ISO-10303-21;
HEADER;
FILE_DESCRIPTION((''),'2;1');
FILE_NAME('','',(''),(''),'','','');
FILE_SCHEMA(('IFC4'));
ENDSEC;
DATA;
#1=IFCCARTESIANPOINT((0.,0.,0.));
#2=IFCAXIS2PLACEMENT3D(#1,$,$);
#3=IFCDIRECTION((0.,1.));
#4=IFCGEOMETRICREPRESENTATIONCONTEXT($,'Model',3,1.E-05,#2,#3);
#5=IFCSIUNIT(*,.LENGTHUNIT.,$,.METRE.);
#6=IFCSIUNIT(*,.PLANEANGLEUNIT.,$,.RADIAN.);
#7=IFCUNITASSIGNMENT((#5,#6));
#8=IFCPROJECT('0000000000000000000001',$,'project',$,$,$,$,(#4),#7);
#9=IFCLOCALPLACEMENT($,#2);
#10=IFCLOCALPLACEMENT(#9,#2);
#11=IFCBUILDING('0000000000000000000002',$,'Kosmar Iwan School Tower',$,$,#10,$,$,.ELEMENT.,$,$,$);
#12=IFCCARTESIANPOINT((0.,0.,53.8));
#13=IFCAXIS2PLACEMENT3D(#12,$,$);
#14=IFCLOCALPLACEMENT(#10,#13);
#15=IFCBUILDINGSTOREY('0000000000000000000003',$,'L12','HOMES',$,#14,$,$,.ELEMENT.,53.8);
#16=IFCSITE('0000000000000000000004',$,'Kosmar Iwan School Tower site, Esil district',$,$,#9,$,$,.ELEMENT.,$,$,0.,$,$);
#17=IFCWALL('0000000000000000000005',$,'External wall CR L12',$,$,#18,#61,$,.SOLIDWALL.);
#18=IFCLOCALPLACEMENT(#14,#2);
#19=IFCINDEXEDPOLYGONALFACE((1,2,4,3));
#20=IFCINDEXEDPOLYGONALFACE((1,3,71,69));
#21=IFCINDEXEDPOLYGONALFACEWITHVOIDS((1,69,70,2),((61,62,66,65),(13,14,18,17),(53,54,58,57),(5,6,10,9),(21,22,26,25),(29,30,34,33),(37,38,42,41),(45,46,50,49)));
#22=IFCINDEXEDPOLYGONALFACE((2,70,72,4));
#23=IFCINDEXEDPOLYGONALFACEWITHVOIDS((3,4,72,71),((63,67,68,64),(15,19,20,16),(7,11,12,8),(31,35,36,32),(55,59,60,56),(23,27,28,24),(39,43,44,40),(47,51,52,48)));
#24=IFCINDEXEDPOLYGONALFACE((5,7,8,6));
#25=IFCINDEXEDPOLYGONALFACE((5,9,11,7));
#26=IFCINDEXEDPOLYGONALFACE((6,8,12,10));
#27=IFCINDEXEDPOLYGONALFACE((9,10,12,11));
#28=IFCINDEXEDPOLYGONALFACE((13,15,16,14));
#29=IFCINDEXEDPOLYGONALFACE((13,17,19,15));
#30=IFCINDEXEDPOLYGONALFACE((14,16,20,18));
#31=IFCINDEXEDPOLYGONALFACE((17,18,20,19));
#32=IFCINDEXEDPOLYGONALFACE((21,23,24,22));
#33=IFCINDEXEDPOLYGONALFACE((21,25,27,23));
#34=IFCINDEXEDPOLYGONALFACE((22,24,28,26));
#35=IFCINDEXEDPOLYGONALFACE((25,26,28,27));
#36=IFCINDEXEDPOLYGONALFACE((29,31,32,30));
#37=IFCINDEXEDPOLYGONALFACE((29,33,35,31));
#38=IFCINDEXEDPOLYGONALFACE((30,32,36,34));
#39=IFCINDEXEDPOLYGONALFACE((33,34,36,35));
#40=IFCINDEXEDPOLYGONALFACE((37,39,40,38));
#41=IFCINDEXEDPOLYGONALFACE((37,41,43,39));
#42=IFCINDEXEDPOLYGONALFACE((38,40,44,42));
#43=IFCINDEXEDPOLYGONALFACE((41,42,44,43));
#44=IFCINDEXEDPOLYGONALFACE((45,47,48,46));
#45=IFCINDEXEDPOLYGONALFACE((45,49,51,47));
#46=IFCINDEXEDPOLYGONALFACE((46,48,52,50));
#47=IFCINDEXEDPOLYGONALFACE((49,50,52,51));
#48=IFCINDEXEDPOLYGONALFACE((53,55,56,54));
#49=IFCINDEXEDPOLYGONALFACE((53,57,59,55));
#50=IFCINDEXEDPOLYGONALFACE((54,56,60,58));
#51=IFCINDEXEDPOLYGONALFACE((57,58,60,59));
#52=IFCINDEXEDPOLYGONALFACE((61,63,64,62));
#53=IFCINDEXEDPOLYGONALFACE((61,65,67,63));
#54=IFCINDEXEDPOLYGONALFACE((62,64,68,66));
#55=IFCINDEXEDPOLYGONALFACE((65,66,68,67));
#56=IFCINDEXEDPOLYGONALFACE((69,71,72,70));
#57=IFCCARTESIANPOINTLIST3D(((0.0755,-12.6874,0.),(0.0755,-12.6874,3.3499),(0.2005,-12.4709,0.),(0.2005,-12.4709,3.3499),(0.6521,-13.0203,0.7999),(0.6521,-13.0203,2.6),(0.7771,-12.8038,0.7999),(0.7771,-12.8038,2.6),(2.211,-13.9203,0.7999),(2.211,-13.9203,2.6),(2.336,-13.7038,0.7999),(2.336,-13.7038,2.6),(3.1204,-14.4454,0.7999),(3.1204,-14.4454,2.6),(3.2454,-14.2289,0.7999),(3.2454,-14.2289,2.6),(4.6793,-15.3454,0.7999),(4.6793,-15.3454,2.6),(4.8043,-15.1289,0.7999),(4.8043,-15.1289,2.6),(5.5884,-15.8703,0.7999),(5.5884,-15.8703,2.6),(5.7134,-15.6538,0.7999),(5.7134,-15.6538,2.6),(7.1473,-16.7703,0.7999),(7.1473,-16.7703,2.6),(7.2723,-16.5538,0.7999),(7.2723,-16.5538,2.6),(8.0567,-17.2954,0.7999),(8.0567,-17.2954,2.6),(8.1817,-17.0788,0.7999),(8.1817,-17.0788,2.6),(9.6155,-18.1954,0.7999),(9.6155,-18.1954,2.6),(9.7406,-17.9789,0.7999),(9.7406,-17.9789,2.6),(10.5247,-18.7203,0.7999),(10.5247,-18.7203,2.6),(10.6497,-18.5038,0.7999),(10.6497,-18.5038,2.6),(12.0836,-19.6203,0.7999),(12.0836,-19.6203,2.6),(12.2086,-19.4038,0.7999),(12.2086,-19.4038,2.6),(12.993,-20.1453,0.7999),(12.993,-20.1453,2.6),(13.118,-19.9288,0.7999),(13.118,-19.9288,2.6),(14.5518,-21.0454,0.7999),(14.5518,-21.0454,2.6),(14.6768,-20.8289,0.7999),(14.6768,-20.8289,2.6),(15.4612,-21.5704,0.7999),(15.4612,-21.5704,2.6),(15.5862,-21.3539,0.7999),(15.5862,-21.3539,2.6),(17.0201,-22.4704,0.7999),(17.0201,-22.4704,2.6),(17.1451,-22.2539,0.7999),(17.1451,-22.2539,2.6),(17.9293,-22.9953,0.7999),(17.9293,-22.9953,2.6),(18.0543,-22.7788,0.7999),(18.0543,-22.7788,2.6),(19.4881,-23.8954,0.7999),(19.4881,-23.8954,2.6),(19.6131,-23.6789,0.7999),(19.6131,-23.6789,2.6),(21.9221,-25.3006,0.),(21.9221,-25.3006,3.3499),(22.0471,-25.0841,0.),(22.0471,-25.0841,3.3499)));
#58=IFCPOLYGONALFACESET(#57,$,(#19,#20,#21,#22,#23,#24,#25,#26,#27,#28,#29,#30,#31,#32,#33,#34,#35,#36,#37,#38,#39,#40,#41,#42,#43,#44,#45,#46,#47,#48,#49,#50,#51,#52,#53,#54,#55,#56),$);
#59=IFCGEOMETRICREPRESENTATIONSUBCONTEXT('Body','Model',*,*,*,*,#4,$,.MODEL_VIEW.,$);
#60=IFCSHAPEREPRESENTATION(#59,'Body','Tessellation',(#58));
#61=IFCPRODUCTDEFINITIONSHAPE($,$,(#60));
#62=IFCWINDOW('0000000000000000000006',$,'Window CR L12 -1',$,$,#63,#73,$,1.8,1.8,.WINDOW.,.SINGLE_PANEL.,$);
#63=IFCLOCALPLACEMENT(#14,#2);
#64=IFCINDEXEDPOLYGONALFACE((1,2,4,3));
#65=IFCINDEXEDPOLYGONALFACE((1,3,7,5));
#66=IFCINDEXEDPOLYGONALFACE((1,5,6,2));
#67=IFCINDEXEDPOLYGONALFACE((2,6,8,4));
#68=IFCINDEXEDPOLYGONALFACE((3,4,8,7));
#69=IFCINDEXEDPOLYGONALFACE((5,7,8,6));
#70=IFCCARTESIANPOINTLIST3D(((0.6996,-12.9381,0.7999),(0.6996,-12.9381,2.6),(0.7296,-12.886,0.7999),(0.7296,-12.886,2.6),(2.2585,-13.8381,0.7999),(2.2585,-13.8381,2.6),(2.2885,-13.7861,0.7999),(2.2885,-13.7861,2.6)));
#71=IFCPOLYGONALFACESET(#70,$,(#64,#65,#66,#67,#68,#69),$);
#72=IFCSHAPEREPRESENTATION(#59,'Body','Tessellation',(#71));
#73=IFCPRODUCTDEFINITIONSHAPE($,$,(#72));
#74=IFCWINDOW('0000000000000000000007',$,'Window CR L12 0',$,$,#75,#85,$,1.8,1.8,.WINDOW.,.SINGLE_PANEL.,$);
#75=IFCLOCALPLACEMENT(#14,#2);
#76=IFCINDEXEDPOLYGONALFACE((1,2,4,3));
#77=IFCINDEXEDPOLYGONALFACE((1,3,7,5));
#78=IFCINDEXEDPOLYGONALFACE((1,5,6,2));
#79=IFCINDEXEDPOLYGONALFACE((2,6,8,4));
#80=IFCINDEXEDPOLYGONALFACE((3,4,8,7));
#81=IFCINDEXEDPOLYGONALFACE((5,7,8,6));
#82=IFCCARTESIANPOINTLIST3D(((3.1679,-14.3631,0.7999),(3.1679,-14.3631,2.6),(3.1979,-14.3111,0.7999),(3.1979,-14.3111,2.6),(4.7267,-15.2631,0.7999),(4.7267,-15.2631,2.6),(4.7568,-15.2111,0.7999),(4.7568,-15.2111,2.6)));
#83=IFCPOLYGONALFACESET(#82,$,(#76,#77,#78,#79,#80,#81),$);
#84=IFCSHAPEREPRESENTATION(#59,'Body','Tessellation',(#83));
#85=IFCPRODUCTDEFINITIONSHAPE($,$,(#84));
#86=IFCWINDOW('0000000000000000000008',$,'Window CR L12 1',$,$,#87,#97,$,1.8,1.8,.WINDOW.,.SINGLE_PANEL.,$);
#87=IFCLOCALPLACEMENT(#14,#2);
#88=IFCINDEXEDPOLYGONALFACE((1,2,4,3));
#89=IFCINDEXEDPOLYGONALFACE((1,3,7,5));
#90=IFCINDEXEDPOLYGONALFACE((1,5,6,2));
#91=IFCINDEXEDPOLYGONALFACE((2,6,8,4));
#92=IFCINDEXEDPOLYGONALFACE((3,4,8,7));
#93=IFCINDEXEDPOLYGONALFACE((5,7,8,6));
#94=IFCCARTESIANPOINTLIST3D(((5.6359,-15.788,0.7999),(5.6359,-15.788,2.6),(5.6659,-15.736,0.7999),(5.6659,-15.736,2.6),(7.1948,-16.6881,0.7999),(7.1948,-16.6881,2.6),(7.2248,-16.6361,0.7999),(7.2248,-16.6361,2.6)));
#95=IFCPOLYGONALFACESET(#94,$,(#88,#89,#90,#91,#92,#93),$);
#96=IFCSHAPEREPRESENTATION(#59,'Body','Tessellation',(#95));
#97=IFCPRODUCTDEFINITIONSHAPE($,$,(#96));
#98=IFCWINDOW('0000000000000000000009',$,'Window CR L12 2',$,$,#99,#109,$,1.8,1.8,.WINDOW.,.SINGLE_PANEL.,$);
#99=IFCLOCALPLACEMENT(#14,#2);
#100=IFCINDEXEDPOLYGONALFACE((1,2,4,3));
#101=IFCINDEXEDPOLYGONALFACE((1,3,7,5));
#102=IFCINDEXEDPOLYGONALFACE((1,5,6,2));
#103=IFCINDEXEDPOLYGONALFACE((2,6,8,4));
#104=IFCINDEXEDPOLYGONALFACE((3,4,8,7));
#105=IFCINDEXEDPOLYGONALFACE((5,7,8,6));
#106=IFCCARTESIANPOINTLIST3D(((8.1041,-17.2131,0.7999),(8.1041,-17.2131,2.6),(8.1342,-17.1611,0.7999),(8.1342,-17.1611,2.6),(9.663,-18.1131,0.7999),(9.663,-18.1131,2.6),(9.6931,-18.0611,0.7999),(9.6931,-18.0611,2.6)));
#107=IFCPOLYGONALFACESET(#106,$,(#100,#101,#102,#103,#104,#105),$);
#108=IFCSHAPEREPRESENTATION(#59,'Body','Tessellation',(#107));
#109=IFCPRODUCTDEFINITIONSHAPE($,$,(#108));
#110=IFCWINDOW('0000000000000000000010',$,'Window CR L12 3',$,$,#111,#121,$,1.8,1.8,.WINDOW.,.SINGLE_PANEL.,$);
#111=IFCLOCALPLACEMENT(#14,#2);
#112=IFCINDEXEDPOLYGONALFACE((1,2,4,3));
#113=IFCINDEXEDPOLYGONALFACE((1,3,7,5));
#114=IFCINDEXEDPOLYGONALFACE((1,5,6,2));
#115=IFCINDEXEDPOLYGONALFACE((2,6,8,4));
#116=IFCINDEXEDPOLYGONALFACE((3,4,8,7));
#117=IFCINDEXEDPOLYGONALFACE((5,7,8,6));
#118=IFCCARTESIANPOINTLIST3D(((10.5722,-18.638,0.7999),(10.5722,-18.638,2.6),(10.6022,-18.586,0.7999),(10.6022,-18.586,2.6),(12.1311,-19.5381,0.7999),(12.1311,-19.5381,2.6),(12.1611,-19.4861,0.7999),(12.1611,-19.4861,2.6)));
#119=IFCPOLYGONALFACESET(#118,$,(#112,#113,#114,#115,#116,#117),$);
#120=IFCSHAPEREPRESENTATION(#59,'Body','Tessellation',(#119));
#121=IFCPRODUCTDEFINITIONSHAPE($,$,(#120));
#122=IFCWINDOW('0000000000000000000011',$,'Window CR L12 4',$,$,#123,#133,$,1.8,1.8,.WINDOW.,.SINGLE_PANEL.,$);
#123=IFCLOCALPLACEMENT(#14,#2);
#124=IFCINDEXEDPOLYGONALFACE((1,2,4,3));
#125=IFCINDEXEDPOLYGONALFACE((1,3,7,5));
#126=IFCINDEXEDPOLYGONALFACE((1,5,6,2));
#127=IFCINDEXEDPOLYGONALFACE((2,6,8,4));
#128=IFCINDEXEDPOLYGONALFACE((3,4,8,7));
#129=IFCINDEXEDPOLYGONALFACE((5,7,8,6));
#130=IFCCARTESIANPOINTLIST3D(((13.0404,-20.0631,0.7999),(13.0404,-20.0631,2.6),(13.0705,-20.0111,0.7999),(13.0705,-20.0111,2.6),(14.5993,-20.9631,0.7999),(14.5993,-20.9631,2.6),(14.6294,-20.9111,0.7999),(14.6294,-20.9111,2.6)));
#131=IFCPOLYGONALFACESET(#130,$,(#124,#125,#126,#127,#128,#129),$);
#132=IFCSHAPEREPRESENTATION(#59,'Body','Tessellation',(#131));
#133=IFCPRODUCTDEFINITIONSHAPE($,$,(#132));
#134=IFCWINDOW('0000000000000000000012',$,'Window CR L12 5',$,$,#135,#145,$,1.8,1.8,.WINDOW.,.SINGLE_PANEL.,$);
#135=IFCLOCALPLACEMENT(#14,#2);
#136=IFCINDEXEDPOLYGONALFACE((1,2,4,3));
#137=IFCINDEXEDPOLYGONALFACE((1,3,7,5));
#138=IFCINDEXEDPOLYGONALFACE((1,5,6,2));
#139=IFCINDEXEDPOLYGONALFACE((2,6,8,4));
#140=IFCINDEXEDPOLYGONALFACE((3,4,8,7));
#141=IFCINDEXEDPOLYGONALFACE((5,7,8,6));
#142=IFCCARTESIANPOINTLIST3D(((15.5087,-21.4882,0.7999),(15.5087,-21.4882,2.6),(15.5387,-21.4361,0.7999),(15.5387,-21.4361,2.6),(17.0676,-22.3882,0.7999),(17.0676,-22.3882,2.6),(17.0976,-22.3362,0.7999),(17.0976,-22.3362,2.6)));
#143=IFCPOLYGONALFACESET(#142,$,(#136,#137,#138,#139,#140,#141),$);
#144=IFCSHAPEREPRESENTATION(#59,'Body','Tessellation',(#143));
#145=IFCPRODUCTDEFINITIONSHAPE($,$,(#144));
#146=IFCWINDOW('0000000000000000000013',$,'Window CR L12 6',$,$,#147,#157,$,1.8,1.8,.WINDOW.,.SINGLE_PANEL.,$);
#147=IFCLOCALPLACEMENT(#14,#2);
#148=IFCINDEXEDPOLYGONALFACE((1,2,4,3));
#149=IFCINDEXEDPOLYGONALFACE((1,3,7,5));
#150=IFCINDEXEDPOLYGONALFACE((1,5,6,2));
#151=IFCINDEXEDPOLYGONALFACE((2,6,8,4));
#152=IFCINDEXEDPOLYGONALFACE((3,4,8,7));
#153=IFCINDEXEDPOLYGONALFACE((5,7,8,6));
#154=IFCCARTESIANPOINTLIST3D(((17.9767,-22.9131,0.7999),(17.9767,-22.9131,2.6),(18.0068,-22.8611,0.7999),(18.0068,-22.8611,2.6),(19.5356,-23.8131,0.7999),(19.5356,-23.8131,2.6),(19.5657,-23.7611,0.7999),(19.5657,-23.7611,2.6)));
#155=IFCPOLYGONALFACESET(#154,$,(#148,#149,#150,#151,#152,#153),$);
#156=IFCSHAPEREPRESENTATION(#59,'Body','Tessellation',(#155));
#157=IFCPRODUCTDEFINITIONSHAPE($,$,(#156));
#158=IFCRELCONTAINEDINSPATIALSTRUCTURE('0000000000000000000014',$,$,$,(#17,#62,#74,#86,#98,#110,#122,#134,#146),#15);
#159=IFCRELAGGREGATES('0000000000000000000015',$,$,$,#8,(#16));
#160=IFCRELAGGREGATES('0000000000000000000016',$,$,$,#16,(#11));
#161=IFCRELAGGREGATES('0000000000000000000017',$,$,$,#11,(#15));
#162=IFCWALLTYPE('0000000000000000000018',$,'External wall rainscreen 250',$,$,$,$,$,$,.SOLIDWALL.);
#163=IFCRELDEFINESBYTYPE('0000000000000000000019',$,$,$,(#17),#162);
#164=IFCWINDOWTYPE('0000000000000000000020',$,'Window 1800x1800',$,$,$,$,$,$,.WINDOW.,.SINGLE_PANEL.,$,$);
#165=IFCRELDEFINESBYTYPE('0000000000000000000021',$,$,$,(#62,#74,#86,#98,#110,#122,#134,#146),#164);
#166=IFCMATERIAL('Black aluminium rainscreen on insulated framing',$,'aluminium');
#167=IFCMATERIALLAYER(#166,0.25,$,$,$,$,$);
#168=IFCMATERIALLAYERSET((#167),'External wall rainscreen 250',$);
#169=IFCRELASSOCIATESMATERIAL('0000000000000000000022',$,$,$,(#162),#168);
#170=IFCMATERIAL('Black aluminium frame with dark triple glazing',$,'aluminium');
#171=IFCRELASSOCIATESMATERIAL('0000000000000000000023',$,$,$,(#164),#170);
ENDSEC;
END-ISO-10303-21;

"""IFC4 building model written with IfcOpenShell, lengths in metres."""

from ifc_helpers import new_model, si_unit, direction, frame, frame_2d, origin, place, context, subcontext, project, spatial, rectangle, extrude, material, layer, layer_set, type_object, element, fill, save


model = new_model("IFC4")

# Units and contexts
model_context = context("Model", 3, precision=1e-05, world=origin(), true_north=direction((0.0, 1.0)))
body_context = subcontext(model_context, "Body", "Model", "MODEL_VIEW")
ifc_project = project(units=[si_unit("LENGTHUNIT", "METRE"), si_unit("PLANEANGLEUNIT", "RADIAN")], contexts=[model_context])

# Site, building, storey
site_placement = place(None, origin())
site = spatial("IfcSite", under=ifc_project, at=site_placement, Name="Kosmar Iwan School Tower site, Esil district", CompositionType="ELEMENT", RefElevation=0.0)
building_placement = place(site_placement, origin())
building = spatial("IfcBuilding", under=site, at=building_placement, Name="Kosmar Iwan School Tower", CompositionType="ELEMENT")
storey_placement = place(building_placement, frame((0.0, 0.0, 53.8)))
storey = spatial("IfcBuildingStorey", under=building, at=storey_placement, Name="L12", Description="HOMES", CompositionType="ELEMENT", Elevation=53.8)

# Wall, openings, windows
ifc_material_1 = material(Name="Black aluminium rainscreen on insulated framing", Category="aluminium")
ifc_layer = layer(ifc_material_1, 0.25)
ifc_layer_set = layer_set([ifc_layer], Name="External wall rainscreen 250")
wall_type = type_object("IfcWallType", Name="External wall rainscreen 250", PredefinedType="SOLIDWALL", material=ifc_layer_set)
ifc_material_2 = material(Name="Black aluminium frame with dark triple glazing", Category="aluminium")
window_type = type_object("IfcWindowType", Name="Window 1800x1800", PartitioningType="SINGLE_PANEL", PredefinedType="WINDOW", material=ifc_material_2)
wall_1_placement = place(storey_placement, frame((0.1379, -12.5791, 0.0), z_axis=(0.0, 0.0, 1.0), x_axis=(0.866024, -0.500003, 0.0)))
wall_1 = element("IfcWall", 1, at=wall_1_placement, inside=storey, type_object=wall_type, Name="External wall CR L12", PredefinedType="SOLIDWALL", context=body_context, shape_type="SweptSolid", body=[
    extrude(rectangle(XDim=25.2263, YDim=0.25, at=frame_2d((12.6133, 0.0))), origin(), (0.0, 0.0, 1.0), 3.3499),
])
opening_1_placement = place(wall_1_placement, frame((0.666, 0.0, 0.8)))
opening_1 = element("IfcOpeningElement", 2, at=opening_1_placement, cuts=wall_1, PredefinedType="OPENING", context=body_context, shape_type="SweptSolid", body=[
    extrude(rectangle(XDim=1.8, YDim=1.8, at=frame_2d((0.8999, 0.8999))), frame((0.0, 0.137, 0.0), z_axis=(0.0, -1.0, 0.0), x_axis=(1.0, 0.0, 0.0)), (0.0, 0.0, 1.0), 0.2739),
])
opening_2_placement = place(wall_1_placement, frame((3.5161, 0.0, 0.8)))
opening_2 = element("IfcOpeningElement", 3, at=opening_2_placement, cuts=wall_1, PredefinedType="OPENING", context=body_context, shape_type="SweptSolid", body=[
    extrude(rectangle(XDim=1.8, YDim=1.8, at=frame_2d((0.8999, 0.8999))), frame((0.0, 0.137, 0.0), z_axis=(0.0, -1.0, 0.0), x_axis=(1.0, 0.0, 0.0)), (0.0, 0.0, 1.0), 0.2739),
])
opening_3_placement = place(wall_1_placement, frame((6.366, 0.0, 0.8)))
opening_3 = element("IfcOpeningElement", 4, at=opening_3_placement, cuts=wall_1, PredefinedType="OPENING", context=body_context, shape_type="SweptSolid", body=[
    extrude(rectangle(XDim=1.8, YDim=1.8, at=frame_2d((0.8999, 0.8999))), frame((0.0, 0.137, 0.0), z_axis=(0.0, -1.0, 0.0), x_axis=(1.0, 0.0, 0.0)), (0.0, 0.0, 1.0), 0.2739),
])
opening_4_placement = place(wall_1_placement, frame((9.2161, 0.0, 0.8)))
opening_4 = element("IfcOpeningElement", 5, at=opening_4_placement, cuts=wall_1, PredefinedType="OPENING", context=body_context, shape_type="SweptSolid", body=[
    extrude(rectangle(XDim=1.8, YDim=1.8, at=frame_2d((0.8999, 0.8999))), frame((0.0, 0.137, 0.0), z_axis=(0.0, -1.0, 0.0), x_axis=(1.0, 0.0, 0.0)), (0.0, 0.0, 1.0), 0.2739),
])
opening_5_placement = place(wall_1_placement, frame((12.0659, 0.0, 0.8)))
opening_5 = element("IfcOpeningElement", 6, at=opening_5_placement, cuts=wall_1, PredefinedType="OPENING", context=body_context, shape_type="SweptSolid", body=[
    extrude(rectangle(XDim=1.8, YDim=1.8, at=frame_2d((0.8999, 0.8999))), frame((0.0, 0.137, 0.0), z_axis=(0.0, -1.0, 0.0), x_axis=(1.0, 0.0, 0.0)), (0.0, 0.0, 1.0), 0.2739),
])
opening_6_placement = place(wall_1_placement, frame((14.916, 0.0, 0.8)))
opening_6 = element("IfcOpeningElement", 7, at=opening_6_placement, cuts=wall_1, PredefinedType="OPENING", context=body_context, shape_type="SweptSolid", body=[
    extrude(rectangle(XDim=1.8, YDim=1.8, at=frame_2d((0.8999, 0.8999))), frame((0.0, 0.137, 0.0), z_axis=(0.0, -1.0, 0.0), x_axis=(1.0, 0.0, 0.0)), (0.0, 0.0, 1.0), 0.2739),
])
opening_7_placement = place(wall_1_placement, frame((17.7661, 0.0, 0.8)))
opening_7 = element("IfcOpeningElement", 8, at=opening_7_placement, cuts=wall_1, PredefinedType="OPENING", context=body_context, shape_type="SweptSolid", body=[
    extrude(rectangle(XDim=1.8, YDim=1.8, at=frame_2d((0.8999, 0.8999))), frame((0.0, 0.137, 0.0), z_axis=(0.0, -1.0, 0.0), x_axis=(1.0, 0.0, 0.0)), (0.0, 0.0, 1.0), 0.2739),
])
opening_8_placement = place(wall_1_placement, frame((20.616, 0.0, 0.8)))
opening_8 = element("IfcOpeningElement", 9, at=opening_8_placement, cuts=wall_1, PredefinedType="OPENING", context=body_context, shape_type="SweptSolid", body=[
    extrude(rectangle(XDim=1.8, YDim=1.8, at=frame_2d((0.8999, 0.8999))), frame((0.0, 0.137, 0.0), z_axis=(0.0, -1.0, 0.0), x_axis=(1.0, 0.0, 0.0)), (0.0, 0.0, 1.0), 0.2739),
])
window_1_placement = place(opening_1_placement, origin())
window_1 = element("IfcWindow", 10, at=window_1_placement, inside=storey, type_object=window_type, Name="Window CR L12 -1", OverallHeight=1.8, OverallWidth=1.8, PartitioningType="SINGLE_PANEL", PredefinedType="WINDOW", context=body_context, shape_type="SweptSolid", body=[
    extrude(rectangle(XDim=1.8, YDim=1.8, at=frame_2d((0.8999, 0.8999))), frame((0.0, 0.03, 0.0), z_axis=(0.0, -1.0, 0.0), x_axis=(1.0, 0.0, 0.0)), (0.0, 0.0, 1.0), 0.0601),
])
fill(opening_1, window_1)
window_2_placement = place(opening_2_placement, origin())
window_2 = element("IfcWindow", 11, at=window_2_placement, inside=storey, type_object=window_type, Name="Window CR L12 0", OverallHeight=1.8, OverallWidth=1.8, PartitioningType="SINGLE_PANEL", PredefinedType="WINDOW", context=body_context, shape_type="SweptSolid", body=[
    extrude(rectangle(XDim=1.8, YDim=1.8, at=frame_2d((0.8999, 0.8999))), frame((0.0, 0.03, 0.0), z_axis=(0.0, -1.0, 0.0), x_axis=(1.0, 0.0, 0.0)), (0.0, 0.0, 1.0), 0.0601),
])
fill(opening_2, window_2)
window_3_placement = place(opening_3_placement, origin())
window_3 = element("IfcWindow", 12, at=window_3_placement, inside=storey, type_object=window_type, Name="Window CR L12 1", OverallHeight=1.8, OverallWidth=1.8, PartitioningType="SINGLE_PANEL", PredefinedType="WINDOW", context=body_context, shape_type="SweptSolid", body=[
    extrude(rectangle(XDim=1.8, YDim=1.8, at=frame_2d((0.8999, 0.8999))), frame((0.0, 0.03, 0.0), z_axis=(0.0, -1.0, 0.0), x_axis=(1.0, 0.0, 0.0)), (0.0, 0.0, 1.0), 0.0601),
])
fill(opening_3, window_3)
window_4_placement = place(opening_4_placement, origin())
window_4 = element("IfcWindow", 13, at=window_4_placement, inside=storey, type_object=window_type, Name="Window CR L12 2", OverallHeight=1.8, OverallWidth=1.8, PartitioningType="SINGLE_PANEL", PredefinedType="WINDOW", context=body_context, shape_type="SweptSolid", body=[
    extrude(rectangle(XDim=1.8, YDim=1.8, at=frame_2d((0.8999, 0.8999))), frame((0.0, 0.03, 0.0), z_axis=(0.0, -1.0, 0.0), x_axis=(1.0, 0.0, 0.0)), (0.0, 0.0, 1.0), 0.0601),
])
fill(opening_4, window_4)
window_5_placement = place(opening_5_placement, origin())
window_5 = element("IfcWindow", 14, at=window_5_placement, inside=storey, type_object=window_type, Name="Window CR L12 3", OverallHeight=1.8, OverallWidth=1.8, PartitioningType="SINGLE_PANEL", PredefinedType="WINDOW", context=body_context, shape_type="SweptSolid", body=[
    extrude(rectangle(XDim=1.8, YDim=1.8, at=frame_2d((0.8999, 0.8999))), frame((0.0, 0.03, 0.0), z_axis=(0.0, -1.0, 0.0), x_axis=(1.0, 0.0, 0.0)), (0.0, 0.0, 1.0), 0.0601),
])
fill(opening_5, window_5)
window_6_placement = place(opening_6_placement, origin())
window_6 = element("IfcWindow", 15, at=window_6_placement, inside=storey, type_object=window_type, Name="Window CR L12 4", OverallHeight=1.8, OverallWidth=1.8, PartitioningType="SINGLE_PANEL", PredefinedType="WINDOW", context=body_context, shape_type="SweptSolid", body=[
    extrude(rectangle(XDim=1.8, YDim=1.8, at=frame_2d((0.8999, 0.8999))), frame((0.0, 0.03, 0.0), z_axis=(0.0, -1.0, 0.0), x_axis=(1.0, 0.0, 0.0)), (0.0, 0.0, 1.0), 0.0601),
])
fill(opening_6, window_6)
window_7_placement = place(opening_7_placement, origin())
window_7 = element("IfcWindow", 16, at=window_7_placement, inside=storey, type_object=window_type, Name="Window CR L12 5", OverallHeight=1.8, OverallWidth=1.8, PartitioningType="SINGLE_PANEL", PredefinedType="WINDOW", context=body_context, shape_type="SweptSolid", body=[
    extrude(rectangle(XDim=1.8, YDim=1.8, at=frame_2d((0.8999, 0.8999))), frame((0.0, 0.03, 0.0), z_axis=(0.0, -1.0, 0.0), x_axis=(1.0, 0.0, 0.0)), (0.0, 0.0, 1.0), 0.0601),
])
fill(opening_7, window_7)
window_8_placement = place(opening_8_placement, origin())
window_8 = element("IfcWindow", 17, at=window_8_placement, inside=storey, type_object=window_type, Name="Window CR L12 6", OverallHeight=1.8, OverallWidth=1.8, PartitioningType="SINGLE_PANEL", PredefinedType="WINDOW", context=body_context, shape_type="SweptSolid", body=[
    extrude(rectangle(XDim=1.8, YDim=1.8, at=frame_2d((0.8999, 0.8999))), frame((0.0, 0.03, 0.0), z_axis=(0.0, -1.0, 0.0), x_axis=(1.0, 0.0, 0.0)), (0.0, 0.0, 1.0), 0.0601),
])
fill(opening_8, window_8)

save(model, "model.ifc")
